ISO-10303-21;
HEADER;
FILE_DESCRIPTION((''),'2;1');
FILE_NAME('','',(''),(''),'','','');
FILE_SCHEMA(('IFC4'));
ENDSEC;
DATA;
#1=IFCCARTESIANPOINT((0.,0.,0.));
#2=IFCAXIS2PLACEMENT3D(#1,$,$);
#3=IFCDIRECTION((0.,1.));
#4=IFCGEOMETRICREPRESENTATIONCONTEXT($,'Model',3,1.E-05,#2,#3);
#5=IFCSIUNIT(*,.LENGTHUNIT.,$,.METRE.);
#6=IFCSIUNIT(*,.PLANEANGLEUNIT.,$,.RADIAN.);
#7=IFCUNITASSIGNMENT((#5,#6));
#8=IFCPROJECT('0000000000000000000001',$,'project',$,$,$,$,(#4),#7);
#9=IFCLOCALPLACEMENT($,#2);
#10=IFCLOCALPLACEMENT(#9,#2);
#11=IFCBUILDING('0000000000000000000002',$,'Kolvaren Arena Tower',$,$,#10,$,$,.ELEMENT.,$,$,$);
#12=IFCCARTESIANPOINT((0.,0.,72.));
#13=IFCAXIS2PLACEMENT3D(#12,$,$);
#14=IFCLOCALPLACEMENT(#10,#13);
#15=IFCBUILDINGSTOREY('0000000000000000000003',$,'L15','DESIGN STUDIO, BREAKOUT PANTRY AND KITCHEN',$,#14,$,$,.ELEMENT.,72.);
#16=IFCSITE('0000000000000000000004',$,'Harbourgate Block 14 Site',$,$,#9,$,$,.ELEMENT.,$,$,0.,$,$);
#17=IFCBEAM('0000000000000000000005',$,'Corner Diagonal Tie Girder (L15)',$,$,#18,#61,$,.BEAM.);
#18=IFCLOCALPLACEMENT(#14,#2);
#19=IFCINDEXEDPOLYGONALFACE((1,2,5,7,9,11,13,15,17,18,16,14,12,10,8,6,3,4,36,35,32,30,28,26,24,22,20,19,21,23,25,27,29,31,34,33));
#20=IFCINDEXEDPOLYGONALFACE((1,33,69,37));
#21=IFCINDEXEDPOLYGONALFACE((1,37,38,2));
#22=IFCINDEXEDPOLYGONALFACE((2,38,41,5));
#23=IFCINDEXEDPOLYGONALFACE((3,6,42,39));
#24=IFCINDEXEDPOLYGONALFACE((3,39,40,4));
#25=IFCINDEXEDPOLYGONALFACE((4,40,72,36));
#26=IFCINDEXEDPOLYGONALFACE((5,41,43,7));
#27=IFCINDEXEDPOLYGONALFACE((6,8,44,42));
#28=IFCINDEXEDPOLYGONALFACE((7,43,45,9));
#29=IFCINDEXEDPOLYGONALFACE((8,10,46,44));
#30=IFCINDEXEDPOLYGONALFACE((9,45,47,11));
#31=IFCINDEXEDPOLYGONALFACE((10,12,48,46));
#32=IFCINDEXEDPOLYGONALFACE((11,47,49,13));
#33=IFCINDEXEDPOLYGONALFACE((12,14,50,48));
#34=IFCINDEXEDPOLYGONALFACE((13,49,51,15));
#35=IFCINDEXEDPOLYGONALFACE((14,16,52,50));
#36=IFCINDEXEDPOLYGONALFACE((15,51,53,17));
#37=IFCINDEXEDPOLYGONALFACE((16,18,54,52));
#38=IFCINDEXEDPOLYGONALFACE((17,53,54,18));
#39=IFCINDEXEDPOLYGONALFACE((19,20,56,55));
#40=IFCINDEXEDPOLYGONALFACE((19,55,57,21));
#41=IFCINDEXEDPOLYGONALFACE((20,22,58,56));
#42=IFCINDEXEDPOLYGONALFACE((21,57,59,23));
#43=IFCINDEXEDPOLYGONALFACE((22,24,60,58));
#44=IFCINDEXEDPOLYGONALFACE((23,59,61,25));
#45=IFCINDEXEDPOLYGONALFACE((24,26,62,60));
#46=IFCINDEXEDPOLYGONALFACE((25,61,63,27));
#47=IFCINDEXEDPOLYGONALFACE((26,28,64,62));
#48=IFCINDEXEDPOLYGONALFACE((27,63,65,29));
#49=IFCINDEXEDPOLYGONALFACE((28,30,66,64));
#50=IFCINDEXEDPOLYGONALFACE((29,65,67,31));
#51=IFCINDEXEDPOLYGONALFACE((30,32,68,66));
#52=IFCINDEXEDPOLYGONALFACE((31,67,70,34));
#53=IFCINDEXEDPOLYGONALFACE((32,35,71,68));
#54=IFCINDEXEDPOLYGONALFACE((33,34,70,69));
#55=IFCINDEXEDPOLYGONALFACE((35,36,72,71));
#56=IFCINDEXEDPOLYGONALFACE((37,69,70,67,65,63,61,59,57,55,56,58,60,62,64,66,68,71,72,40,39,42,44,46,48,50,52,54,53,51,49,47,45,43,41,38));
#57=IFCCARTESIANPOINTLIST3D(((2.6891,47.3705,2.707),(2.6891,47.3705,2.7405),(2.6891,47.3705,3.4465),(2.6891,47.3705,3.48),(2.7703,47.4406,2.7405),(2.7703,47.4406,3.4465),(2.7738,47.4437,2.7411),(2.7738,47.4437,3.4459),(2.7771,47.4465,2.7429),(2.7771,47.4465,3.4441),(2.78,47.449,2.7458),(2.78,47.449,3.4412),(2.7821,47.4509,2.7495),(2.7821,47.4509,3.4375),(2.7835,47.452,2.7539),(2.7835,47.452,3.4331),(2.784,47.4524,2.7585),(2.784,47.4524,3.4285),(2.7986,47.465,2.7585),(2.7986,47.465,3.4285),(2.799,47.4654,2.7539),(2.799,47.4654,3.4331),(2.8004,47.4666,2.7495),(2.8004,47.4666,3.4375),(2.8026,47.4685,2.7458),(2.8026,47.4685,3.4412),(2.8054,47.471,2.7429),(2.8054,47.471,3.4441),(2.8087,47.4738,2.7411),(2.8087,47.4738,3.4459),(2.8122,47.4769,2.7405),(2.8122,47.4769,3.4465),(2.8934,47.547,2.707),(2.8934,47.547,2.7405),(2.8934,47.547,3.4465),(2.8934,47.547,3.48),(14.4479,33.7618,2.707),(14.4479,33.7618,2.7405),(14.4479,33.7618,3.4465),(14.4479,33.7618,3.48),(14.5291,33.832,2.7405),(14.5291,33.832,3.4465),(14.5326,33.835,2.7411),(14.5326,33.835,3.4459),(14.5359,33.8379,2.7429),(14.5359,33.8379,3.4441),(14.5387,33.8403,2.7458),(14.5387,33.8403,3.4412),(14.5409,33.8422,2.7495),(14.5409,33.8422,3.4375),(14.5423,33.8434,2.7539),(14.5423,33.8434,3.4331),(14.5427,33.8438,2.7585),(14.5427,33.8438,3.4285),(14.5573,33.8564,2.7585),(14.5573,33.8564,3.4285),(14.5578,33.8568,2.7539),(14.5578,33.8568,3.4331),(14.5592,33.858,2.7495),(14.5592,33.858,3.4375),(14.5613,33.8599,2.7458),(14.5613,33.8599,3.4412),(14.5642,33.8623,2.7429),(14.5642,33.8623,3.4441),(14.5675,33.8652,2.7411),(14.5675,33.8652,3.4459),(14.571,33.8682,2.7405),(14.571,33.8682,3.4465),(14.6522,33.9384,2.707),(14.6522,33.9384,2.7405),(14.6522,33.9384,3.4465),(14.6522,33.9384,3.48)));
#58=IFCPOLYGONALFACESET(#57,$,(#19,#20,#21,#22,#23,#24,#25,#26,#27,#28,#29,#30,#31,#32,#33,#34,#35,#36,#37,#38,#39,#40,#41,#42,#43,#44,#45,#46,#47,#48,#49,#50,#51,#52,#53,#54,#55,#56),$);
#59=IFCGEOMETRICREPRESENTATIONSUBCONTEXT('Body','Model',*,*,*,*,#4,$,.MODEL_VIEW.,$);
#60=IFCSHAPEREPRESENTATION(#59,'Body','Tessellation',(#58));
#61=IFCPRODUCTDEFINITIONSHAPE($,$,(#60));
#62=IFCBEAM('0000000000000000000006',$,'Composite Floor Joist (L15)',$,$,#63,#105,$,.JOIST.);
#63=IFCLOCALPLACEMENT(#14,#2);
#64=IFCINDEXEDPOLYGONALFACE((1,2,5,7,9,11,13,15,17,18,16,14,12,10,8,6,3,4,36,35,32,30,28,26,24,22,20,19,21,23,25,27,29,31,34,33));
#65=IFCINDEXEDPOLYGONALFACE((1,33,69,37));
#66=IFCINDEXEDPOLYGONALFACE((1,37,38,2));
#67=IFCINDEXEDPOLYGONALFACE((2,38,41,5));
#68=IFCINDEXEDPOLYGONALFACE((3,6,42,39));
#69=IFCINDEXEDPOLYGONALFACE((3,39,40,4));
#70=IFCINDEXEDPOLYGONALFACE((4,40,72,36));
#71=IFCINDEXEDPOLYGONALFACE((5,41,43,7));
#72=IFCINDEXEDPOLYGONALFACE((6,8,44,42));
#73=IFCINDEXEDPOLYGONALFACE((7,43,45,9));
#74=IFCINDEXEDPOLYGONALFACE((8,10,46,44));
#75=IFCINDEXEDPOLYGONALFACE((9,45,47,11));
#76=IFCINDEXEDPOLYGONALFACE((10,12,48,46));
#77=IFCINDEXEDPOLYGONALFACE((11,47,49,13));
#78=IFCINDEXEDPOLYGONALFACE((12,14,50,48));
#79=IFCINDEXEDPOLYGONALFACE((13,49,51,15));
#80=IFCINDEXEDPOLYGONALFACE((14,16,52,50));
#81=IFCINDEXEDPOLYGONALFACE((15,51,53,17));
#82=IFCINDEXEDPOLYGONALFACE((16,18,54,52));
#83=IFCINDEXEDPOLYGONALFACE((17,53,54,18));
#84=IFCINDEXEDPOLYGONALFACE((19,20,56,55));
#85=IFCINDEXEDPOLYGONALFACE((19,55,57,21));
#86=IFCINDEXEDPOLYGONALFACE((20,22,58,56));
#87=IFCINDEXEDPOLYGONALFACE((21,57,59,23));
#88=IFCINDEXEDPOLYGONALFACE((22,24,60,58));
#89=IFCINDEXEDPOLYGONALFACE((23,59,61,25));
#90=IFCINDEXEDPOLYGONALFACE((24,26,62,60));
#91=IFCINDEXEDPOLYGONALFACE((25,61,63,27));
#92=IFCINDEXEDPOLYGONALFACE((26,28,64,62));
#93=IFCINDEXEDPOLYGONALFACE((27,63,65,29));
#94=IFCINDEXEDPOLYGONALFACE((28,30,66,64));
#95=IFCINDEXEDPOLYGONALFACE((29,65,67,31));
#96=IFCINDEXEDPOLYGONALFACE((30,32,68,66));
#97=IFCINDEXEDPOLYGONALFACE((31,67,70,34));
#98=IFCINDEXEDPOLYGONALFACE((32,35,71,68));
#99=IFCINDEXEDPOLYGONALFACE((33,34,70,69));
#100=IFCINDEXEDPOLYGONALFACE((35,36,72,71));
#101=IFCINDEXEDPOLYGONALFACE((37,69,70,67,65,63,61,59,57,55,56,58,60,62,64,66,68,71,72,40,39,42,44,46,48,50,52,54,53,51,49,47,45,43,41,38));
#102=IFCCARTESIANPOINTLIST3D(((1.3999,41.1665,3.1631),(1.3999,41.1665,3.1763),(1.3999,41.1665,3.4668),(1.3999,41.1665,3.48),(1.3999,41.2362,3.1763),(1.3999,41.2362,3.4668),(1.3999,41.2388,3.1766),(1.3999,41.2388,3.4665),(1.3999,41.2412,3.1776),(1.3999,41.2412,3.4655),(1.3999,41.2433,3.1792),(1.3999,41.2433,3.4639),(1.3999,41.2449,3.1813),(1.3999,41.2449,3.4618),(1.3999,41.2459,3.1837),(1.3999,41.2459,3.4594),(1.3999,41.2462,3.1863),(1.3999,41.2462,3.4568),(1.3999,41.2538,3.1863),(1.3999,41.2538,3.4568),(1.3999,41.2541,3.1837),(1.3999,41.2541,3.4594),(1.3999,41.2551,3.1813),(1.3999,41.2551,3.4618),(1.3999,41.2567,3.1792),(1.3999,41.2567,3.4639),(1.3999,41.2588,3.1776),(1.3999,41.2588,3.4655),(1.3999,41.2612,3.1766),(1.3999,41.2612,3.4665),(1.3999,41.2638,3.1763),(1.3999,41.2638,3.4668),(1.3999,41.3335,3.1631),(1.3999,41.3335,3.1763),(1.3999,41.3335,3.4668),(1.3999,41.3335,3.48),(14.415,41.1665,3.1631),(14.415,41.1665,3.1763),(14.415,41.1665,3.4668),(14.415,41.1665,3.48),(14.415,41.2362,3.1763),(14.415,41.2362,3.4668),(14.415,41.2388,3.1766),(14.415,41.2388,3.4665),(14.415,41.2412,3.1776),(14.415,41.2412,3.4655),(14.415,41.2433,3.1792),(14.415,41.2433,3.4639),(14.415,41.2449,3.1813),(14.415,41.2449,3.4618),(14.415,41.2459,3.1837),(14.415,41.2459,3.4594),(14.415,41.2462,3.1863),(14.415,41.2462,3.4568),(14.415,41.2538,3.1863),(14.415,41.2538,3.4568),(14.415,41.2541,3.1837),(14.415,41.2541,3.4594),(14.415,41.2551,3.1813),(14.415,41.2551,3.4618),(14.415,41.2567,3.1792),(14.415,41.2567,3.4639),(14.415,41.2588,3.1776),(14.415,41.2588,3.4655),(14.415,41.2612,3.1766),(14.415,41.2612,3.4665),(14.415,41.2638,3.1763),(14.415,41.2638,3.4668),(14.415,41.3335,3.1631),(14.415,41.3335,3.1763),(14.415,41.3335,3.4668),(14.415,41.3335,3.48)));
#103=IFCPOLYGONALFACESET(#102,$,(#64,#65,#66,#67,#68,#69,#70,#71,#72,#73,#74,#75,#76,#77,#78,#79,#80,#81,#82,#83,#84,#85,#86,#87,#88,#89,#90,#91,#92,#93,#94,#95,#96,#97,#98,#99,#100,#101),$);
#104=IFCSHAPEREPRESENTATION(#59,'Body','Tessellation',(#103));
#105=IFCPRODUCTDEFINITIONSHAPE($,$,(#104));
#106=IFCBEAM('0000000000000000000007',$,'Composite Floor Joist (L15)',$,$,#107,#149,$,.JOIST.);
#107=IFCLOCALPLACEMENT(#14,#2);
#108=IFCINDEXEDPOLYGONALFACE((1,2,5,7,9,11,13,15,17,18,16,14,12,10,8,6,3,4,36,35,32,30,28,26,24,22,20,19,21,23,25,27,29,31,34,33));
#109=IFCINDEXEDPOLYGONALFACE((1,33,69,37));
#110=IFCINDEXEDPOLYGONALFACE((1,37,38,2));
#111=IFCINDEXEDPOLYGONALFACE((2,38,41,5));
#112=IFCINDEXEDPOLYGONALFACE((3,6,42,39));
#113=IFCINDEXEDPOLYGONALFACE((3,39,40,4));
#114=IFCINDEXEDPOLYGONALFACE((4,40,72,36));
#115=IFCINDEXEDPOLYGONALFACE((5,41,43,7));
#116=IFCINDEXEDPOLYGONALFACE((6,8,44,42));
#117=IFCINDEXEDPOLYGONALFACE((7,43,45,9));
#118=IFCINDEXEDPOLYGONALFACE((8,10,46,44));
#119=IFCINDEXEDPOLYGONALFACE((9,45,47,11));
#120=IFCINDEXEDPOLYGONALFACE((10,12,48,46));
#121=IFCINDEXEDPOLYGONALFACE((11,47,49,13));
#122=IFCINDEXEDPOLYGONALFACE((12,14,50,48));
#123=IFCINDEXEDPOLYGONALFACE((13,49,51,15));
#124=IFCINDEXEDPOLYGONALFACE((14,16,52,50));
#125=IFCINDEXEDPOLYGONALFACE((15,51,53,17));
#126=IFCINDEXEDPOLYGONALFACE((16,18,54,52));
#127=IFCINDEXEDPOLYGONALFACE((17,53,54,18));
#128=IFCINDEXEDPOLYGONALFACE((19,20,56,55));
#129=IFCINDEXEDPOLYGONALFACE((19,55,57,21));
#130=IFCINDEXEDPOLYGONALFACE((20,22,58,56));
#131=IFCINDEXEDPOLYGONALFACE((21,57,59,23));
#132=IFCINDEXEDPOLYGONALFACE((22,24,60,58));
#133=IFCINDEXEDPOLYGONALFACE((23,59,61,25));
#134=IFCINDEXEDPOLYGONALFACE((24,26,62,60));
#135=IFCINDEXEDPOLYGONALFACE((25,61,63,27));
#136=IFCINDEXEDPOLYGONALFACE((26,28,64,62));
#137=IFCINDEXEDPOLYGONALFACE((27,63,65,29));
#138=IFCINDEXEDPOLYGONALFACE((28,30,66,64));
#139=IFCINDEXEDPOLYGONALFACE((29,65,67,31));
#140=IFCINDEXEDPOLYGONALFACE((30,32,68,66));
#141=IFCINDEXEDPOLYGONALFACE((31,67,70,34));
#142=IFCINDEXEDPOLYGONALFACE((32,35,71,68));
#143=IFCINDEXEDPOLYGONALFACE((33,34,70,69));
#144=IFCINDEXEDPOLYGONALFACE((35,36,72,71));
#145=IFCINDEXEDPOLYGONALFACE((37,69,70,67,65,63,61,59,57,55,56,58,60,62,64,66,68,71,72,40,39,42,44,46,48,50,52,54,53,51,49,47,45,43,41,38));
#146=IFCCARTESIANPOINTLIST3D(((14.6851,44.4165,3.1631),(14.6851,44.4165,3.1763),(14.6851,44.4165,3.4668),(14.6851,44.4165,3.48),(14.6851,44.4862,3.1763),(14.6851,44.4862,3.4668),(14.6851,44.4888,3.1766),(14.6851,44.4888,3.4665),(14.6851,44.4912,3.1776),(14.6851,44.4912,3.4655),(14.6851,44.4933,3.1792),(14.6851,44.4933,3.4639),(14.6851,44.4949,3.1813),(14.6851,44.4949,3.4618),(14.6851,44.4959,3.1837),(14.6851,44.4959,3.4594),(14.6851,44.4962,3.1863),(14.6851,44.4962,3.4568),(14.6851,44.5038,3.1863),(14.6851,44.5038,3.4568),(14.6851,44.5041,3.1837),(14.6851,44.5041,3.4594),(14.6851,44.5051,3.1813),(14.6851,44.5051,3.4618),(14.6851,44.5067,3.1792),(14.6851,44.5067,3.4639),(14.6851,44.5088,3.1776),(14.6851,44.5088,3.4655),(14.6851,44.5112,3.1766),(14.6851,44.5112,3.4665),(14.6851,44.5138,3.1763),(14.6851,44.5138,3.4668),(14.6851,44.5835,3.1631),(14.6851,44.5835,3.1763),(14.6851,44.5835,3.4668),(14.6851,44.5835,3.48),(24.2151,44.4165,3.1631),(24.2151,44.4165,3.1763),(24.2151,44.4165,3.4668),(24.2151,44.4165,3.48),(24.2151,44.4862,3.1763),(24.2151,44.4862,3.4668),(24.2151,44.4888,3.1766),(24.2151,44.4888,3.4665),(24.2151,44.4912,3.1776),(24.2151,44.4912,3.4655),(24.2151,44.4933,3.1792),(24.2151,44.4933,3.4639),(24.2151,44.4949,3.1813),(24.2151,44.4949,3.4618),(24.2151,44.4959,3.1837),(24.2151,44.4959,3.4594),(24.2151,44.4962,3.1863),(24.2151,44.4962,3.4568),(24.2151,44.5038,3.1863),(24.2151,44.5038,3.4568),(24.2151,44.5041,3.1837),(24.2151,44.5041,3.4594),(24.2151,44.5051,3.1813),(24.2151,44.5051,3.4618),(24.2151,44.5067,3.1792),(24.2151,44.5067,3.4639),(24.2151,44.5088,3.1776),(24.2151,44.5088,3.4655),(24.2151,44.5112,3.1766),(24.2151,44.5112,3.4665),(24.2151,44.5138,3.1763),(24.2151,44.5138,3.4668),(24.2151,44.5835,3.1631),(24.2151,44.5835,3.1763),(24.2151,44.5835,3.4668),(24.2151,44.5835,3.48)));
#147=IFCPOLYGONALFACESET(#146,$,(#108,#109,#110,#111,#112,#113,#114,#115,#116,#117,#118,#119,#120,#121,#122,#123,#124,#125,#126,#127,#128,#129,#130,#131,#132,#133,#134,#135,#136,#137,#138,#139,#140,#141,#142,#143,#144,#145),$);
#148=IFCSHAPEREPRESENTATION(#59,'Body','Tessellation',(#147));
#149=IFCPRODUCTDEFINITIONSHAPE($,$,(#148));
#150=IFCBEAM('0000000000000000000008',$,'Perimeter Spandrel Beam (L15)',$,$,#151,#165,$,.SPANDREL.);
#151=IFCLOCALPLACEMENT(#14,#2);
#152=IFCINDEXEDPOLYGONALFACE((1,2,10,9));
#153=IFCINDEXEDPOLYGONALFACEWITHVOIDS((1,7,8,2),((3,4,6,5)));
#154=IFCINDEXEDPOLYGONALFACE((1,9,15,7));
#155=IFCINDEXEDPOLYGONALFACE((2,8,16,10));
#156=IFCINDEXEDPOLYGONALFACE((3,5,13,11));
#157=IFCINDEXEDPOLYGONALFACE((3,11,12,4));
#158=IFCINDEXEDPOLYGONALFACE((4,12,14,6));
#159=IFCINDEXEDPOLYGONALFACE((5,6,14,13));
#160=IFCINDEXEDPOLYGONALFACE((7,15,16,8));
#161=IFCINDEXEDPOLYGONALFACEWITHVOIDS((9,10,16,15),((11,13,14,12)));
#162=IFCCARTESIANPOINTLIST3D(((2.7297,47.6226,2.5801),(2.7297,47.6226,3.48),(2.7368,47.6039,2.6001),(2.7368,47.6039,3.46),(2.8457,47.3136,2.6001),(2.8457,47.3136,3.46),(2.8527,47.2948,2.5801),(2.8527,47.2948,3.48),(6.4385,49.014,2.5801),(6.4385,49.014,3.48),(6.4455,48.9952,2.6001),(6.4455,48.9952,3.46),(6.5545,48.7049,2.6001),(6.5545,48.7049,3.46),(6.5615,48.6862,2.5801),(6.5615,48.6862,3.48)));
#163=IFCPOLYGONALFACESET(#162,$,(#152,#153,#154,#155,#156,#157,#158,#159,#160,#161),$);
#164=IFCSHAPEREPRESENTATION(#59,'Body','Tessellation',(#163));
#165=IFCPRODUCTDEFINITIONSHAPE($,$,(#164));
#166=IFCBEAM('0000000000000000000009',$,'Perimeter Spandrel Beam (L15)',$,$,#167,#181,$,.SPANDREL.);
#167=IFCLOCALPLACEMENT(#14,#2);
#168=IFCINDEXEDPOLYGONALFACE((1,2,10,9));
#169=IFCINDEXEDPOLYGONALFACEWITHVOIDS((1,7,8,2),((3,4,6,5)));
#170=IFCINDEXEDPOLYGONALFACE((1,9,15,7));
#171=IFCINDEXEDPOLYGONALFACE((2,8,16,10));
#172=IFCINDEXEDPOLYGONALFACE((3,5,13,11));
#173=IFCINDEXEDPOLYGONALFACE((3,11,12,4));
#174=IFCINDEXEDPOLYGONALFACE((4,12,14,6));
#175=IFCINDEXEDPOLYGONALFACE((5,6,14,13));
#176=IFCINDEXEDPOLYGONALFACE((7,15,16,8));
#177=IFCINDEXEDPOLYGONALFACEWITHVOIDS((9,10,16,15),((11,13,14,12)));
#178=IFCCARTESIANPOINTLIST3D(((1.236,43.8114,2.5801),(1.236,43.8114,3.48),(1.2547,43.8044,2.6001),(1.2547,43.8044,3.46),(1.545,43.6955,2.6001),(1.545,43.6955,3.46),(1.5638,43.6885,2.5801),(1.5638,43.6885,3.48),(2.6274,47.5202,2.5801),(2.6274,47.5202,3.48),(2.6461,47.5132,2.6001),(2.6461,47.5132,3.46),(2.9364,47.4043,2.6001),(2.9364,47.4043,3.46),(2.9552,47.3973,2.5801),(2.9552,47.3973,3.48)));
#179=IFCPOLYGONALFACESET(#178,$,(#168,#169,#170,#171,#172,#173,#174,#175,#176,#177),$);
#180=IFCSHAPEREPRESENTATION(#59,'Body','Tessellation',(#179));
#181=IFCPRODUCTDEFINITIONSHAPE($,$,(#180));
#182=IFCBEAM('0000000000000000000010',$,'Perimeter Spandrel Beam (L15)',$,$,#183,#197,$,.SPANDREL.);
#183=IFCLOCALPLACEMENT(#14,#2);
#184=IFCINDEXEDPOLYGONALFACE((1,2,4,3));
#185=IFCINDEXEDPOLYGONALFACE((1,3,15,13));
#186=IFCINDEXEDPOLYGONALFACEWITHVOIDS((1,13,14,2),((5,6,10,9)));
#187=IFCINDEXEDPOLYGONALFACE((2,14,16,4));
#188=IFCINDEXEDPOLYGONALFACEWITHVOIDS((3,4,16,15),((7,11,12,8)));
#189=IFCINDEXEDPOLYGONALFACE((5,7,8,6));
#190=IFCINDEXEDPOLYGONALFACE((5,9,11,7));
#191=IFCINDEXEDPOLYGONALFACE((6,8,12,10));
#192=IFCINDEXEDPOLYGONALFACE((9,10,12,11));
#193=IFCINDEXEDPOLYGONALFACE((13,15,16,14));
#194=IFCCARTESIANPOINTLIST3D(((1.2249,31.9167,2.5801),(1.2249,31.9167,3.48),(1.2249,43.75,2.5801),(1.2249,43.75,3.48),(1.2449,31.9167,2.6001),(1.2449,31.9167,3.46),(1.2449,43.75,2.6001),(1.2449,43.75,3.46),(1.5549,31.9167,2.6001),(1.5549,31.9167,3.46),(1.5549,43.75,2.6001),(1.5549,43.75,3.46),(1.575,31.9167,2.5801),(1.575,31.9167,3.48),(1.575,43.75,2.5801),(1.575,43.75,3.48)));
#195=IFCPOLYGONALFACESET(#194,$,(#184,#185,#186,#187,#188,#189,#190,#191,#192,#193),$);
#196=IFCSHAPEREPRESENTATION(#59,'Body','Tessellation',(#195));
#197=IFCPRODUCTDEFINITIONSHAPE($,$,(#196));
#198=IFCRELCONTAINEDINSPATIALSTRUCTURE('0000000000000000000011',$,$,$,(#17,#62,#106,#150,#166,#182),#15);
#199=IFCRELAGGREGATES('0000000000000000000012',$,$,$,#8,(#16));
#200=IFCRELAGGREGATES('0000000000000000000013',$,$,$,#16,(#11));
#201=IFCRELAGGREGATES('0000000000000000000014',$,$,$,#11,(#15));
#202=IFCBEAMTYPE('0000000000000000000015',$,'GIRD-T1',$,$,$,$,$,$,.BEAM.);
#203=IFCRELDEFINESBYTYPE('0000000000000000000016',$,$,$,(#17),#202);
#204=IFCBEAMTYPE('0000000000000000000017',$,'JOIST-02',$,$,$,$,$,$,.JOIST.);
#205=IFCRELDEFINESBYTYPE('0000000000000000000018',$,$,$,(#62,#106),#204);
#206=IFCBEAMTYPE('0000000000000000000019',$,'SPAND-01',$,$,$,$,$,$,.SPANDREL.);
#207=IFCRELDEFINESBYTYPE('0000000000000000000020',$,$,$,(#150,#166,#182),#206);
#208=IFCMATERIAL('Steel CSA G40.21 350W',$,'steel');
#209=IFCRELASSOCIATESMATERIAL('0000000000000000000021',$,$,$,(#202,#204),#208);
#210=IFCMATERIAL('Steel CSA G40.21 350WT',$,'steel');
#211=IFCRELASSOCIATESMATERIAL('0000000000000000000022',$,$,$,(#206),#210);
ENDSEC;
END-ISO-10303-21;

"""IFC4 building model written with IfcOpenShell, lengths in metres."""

from ifc_helpers import new_model, si_unit, direction, frame, origin, origin_2d, place, context, subcontext, project, spatial, hollow_rectangle, i_section, extrude, material, material_profile, profile_set, type_object, element, save


model = new_model("IFC4")

# Units and contexts
model_context = context("Model", 3, precision=1e-05, world=origin(), true_north=direction((0.0, 1.0)))
body_context = subcontext(model_context, "Body", "Model", "MODEL_VIEW")
ifc_project = project(units=[si_unit("LENGTHUNIT", "METRE"), si_unit("PLANEANGLEUNIT", "RADIAN")], contexts=[model_context])

# Site, building, storey
site_placement = place(None, origin())
site = spatial("IfcSite", under=ifc_project, at=site_placement, Name="Harbourgate Block 14 Site", CompositionType="ELEMENT", RefElevation=0.0)
building_placement = place(site_placement, origin())
building = spatial("IfcBuilding", under=site, at=building_placement, Name="Kolvaren Arena Tower", CompositionType="ELEMENT")
storey_placement = place(building_placement, frame((0.0, 0.0, 72.0)))
storey = spatial("IfcBuildingStorey", under=building, at=storey_placement, Name="L15", Description="DESIGN STUDIO, BREAKOUT PANTRY AND KITCHEN", CompositionType="ELEMENT", Elevation=72.0)

# Beams
ifc_material_1 = material(Name="Steel CSA G40.21 350W", Category="steel")
ifc_material_profile_1 = material_profile(ifc_material_1, i_section(OverallWidth=0.27, OverallDepth=0.7729, WebThickness=0.0193, FlangeThickness=0.0334, FilletRadius=0.0181, at=origin_2d()), Name="W760x257")
ifc_profile_set_1 = profile_set([ifc_material_profile_1], Name="Steel CSA G40.21 350W")
beam_type_1 = type_object("IfcBeamType", Name="GIRD-T1", PredefinedType="BEAM", material=ifc_profile_set_1)
beam_1_placement = place(storey_placement, frame((2.7913, 47.4587, 3.0935), z_axis=(0.653807, -0.756662, 0.0), x_axis=(0.756662, 0.653807, 0.0)))
element("IfcBeam", 1, at=beam_1_placement, inside=storey, type_object=beam_type_1, Name="Corner Diagonal Tie Girder (L15)", PredefinedType="BEAM", context=body_context, shape_type="SweptSolid", body=[
    extrude(i_section(OverallWidth=0.27, OverallDepth=0.7729, WebThickness=0.0193, FlangeThickness=0.0334, FilletRadius=0.0181, at=origin_2d()), origin(), (0.0, 0.0, 1.0), 17.9851),
])
ifc_material_profile_2 = material_profile(ifc_material_1, i_section(OverallWidth=0.167, OverallDepth=0.3169, WebThickness=0.0076, FlangeThickness=0.0132, FilletRadius=0.01, at=origin_2d()), Name="W310x52")
ifc_profile_set_2 = profile_set([ifc_material_profile_2], Name="Steel CSA G40.21 350W")
beam_type_2 = type_object("IfcBeamType", Name="JOIST-02", PredefinedType="JOIST", material=ifc_profile_set_2)
beam_2_placement = place(storey_placement, frame((1.3999, 41.25, 3.3215), z_axis=(1.0, 0.0, 0.0), x_axis=(0.0, 1.0, 0.0)))
element("IfcBeam", 2, at=beam_2_placement, inside=storey, type_object=beam_type_2, Name="Composite Floor Joist (L15)", PredefinedType="JOIST", context=body_context, shape_type="SweptSolid", body=[
    extrude(i_section(OverallWidth=0.167, OverallDepth=0.3169, WebThickness=0.0076, FlangeThickness=0.0132, FilletRadius=0.01, at=origin_2d()), origin(), (0.0, 0.0, 1.0), 13.0151),
])
beam_3_placement = place(storey_placement, frame((14.6851, 44.5, 3.3215), z_axis=(1.0, 0.0, 0.0), x_axis=(0.0, 1.0, 0.0)))
element("IfcBeam", 3, at=beam_3_placement, inside=storey, type_object=beam_type_2, Name="Composite Floor Joist (L15)", PredefinedType="JOIST", context=body_context, shape_type="SweptSolid", body=[
    extrude(i_section(OverallWidth=0.167, OverallDepth=0.3169, WebThickness=0.0076, FlangeThickness=0.0132, FilletRadius=0.01, at=origin_2d()), origin(), (0.0, 0.0, 1.0), 9.53),
])
ifc_material_2 = material(Name="Steel CSA G40.21 350WT", Category="steel")
ifc_material_profile_3 = material_profile(ifc_material_2, hollow_rectangle(XDim=0.3501, YDim=0.8999, WallThickness=0.02, at=origin_2d()), Name="HSS 900x350x20")
ifc_profile_set_3 = profile_set([ifc_material_profile_3], Name="Steel CSA G40.21 350WT")
beam_type_3 = type_object("IfcBeamType", Name="SPAND-01", PredefinedType="SPANDREL", material=ifc_profile_set_3)
for number, where, z_axis, x_axis, name in (
    (4, (6.5, 48.8501, 3.03), (-0.936281, -0.351252, 0.0), (0.351252, -0.936281, 0.0), "Perimeter Spandrel Beam (L15)"),
    (5, (2.7913, 47.4587, 3.03), (-0.351252, -0.936281, 0.0), (0.936281, -0.351252, 0.0), "Perimeter Spandrel Beam (L15)"),
):
    element("IfcBeam", number, at=place(storey_placement, frame(where, z_axis=z_axis, x_axis=x_axis)), inside=storey, type_object=beam_type_3, Name=name, PredefinedType="SPANDREL", context=body_context, shape_type="SweptSolid", body=[
        extrude(hollow_rectangle(XDim=0.3501, YDim=0.8999, WallThickness=0.02, at=origin_2d()), origin(), (0.0, 0.0, 1.0), 3.9612),
    ])
beam_4_placement = place(storey_placement, frame((1.3999, 43.75, 3.03), z_axis=(0.0, -1.0, 0.0), x_axis=(1.0, 0.0, 0.0)))
element("IfcBeam", 6, at=beam_4_placement, inside=storey, type_object=beam_type_3, Name="Perimeter Spandrel Beam (L15)", PredefinedType="SPANDREL", context=body_context, shape_type="SweptSolid", body=[
    extrude(hollow_rectangle(XDim=0.3501, YDim=0.8999, WallThickness=0.02, at=origin_2d()), origin(), (0.0, 0.0, 1.0), 11.8333),
])

save(model, "model.ifc")
